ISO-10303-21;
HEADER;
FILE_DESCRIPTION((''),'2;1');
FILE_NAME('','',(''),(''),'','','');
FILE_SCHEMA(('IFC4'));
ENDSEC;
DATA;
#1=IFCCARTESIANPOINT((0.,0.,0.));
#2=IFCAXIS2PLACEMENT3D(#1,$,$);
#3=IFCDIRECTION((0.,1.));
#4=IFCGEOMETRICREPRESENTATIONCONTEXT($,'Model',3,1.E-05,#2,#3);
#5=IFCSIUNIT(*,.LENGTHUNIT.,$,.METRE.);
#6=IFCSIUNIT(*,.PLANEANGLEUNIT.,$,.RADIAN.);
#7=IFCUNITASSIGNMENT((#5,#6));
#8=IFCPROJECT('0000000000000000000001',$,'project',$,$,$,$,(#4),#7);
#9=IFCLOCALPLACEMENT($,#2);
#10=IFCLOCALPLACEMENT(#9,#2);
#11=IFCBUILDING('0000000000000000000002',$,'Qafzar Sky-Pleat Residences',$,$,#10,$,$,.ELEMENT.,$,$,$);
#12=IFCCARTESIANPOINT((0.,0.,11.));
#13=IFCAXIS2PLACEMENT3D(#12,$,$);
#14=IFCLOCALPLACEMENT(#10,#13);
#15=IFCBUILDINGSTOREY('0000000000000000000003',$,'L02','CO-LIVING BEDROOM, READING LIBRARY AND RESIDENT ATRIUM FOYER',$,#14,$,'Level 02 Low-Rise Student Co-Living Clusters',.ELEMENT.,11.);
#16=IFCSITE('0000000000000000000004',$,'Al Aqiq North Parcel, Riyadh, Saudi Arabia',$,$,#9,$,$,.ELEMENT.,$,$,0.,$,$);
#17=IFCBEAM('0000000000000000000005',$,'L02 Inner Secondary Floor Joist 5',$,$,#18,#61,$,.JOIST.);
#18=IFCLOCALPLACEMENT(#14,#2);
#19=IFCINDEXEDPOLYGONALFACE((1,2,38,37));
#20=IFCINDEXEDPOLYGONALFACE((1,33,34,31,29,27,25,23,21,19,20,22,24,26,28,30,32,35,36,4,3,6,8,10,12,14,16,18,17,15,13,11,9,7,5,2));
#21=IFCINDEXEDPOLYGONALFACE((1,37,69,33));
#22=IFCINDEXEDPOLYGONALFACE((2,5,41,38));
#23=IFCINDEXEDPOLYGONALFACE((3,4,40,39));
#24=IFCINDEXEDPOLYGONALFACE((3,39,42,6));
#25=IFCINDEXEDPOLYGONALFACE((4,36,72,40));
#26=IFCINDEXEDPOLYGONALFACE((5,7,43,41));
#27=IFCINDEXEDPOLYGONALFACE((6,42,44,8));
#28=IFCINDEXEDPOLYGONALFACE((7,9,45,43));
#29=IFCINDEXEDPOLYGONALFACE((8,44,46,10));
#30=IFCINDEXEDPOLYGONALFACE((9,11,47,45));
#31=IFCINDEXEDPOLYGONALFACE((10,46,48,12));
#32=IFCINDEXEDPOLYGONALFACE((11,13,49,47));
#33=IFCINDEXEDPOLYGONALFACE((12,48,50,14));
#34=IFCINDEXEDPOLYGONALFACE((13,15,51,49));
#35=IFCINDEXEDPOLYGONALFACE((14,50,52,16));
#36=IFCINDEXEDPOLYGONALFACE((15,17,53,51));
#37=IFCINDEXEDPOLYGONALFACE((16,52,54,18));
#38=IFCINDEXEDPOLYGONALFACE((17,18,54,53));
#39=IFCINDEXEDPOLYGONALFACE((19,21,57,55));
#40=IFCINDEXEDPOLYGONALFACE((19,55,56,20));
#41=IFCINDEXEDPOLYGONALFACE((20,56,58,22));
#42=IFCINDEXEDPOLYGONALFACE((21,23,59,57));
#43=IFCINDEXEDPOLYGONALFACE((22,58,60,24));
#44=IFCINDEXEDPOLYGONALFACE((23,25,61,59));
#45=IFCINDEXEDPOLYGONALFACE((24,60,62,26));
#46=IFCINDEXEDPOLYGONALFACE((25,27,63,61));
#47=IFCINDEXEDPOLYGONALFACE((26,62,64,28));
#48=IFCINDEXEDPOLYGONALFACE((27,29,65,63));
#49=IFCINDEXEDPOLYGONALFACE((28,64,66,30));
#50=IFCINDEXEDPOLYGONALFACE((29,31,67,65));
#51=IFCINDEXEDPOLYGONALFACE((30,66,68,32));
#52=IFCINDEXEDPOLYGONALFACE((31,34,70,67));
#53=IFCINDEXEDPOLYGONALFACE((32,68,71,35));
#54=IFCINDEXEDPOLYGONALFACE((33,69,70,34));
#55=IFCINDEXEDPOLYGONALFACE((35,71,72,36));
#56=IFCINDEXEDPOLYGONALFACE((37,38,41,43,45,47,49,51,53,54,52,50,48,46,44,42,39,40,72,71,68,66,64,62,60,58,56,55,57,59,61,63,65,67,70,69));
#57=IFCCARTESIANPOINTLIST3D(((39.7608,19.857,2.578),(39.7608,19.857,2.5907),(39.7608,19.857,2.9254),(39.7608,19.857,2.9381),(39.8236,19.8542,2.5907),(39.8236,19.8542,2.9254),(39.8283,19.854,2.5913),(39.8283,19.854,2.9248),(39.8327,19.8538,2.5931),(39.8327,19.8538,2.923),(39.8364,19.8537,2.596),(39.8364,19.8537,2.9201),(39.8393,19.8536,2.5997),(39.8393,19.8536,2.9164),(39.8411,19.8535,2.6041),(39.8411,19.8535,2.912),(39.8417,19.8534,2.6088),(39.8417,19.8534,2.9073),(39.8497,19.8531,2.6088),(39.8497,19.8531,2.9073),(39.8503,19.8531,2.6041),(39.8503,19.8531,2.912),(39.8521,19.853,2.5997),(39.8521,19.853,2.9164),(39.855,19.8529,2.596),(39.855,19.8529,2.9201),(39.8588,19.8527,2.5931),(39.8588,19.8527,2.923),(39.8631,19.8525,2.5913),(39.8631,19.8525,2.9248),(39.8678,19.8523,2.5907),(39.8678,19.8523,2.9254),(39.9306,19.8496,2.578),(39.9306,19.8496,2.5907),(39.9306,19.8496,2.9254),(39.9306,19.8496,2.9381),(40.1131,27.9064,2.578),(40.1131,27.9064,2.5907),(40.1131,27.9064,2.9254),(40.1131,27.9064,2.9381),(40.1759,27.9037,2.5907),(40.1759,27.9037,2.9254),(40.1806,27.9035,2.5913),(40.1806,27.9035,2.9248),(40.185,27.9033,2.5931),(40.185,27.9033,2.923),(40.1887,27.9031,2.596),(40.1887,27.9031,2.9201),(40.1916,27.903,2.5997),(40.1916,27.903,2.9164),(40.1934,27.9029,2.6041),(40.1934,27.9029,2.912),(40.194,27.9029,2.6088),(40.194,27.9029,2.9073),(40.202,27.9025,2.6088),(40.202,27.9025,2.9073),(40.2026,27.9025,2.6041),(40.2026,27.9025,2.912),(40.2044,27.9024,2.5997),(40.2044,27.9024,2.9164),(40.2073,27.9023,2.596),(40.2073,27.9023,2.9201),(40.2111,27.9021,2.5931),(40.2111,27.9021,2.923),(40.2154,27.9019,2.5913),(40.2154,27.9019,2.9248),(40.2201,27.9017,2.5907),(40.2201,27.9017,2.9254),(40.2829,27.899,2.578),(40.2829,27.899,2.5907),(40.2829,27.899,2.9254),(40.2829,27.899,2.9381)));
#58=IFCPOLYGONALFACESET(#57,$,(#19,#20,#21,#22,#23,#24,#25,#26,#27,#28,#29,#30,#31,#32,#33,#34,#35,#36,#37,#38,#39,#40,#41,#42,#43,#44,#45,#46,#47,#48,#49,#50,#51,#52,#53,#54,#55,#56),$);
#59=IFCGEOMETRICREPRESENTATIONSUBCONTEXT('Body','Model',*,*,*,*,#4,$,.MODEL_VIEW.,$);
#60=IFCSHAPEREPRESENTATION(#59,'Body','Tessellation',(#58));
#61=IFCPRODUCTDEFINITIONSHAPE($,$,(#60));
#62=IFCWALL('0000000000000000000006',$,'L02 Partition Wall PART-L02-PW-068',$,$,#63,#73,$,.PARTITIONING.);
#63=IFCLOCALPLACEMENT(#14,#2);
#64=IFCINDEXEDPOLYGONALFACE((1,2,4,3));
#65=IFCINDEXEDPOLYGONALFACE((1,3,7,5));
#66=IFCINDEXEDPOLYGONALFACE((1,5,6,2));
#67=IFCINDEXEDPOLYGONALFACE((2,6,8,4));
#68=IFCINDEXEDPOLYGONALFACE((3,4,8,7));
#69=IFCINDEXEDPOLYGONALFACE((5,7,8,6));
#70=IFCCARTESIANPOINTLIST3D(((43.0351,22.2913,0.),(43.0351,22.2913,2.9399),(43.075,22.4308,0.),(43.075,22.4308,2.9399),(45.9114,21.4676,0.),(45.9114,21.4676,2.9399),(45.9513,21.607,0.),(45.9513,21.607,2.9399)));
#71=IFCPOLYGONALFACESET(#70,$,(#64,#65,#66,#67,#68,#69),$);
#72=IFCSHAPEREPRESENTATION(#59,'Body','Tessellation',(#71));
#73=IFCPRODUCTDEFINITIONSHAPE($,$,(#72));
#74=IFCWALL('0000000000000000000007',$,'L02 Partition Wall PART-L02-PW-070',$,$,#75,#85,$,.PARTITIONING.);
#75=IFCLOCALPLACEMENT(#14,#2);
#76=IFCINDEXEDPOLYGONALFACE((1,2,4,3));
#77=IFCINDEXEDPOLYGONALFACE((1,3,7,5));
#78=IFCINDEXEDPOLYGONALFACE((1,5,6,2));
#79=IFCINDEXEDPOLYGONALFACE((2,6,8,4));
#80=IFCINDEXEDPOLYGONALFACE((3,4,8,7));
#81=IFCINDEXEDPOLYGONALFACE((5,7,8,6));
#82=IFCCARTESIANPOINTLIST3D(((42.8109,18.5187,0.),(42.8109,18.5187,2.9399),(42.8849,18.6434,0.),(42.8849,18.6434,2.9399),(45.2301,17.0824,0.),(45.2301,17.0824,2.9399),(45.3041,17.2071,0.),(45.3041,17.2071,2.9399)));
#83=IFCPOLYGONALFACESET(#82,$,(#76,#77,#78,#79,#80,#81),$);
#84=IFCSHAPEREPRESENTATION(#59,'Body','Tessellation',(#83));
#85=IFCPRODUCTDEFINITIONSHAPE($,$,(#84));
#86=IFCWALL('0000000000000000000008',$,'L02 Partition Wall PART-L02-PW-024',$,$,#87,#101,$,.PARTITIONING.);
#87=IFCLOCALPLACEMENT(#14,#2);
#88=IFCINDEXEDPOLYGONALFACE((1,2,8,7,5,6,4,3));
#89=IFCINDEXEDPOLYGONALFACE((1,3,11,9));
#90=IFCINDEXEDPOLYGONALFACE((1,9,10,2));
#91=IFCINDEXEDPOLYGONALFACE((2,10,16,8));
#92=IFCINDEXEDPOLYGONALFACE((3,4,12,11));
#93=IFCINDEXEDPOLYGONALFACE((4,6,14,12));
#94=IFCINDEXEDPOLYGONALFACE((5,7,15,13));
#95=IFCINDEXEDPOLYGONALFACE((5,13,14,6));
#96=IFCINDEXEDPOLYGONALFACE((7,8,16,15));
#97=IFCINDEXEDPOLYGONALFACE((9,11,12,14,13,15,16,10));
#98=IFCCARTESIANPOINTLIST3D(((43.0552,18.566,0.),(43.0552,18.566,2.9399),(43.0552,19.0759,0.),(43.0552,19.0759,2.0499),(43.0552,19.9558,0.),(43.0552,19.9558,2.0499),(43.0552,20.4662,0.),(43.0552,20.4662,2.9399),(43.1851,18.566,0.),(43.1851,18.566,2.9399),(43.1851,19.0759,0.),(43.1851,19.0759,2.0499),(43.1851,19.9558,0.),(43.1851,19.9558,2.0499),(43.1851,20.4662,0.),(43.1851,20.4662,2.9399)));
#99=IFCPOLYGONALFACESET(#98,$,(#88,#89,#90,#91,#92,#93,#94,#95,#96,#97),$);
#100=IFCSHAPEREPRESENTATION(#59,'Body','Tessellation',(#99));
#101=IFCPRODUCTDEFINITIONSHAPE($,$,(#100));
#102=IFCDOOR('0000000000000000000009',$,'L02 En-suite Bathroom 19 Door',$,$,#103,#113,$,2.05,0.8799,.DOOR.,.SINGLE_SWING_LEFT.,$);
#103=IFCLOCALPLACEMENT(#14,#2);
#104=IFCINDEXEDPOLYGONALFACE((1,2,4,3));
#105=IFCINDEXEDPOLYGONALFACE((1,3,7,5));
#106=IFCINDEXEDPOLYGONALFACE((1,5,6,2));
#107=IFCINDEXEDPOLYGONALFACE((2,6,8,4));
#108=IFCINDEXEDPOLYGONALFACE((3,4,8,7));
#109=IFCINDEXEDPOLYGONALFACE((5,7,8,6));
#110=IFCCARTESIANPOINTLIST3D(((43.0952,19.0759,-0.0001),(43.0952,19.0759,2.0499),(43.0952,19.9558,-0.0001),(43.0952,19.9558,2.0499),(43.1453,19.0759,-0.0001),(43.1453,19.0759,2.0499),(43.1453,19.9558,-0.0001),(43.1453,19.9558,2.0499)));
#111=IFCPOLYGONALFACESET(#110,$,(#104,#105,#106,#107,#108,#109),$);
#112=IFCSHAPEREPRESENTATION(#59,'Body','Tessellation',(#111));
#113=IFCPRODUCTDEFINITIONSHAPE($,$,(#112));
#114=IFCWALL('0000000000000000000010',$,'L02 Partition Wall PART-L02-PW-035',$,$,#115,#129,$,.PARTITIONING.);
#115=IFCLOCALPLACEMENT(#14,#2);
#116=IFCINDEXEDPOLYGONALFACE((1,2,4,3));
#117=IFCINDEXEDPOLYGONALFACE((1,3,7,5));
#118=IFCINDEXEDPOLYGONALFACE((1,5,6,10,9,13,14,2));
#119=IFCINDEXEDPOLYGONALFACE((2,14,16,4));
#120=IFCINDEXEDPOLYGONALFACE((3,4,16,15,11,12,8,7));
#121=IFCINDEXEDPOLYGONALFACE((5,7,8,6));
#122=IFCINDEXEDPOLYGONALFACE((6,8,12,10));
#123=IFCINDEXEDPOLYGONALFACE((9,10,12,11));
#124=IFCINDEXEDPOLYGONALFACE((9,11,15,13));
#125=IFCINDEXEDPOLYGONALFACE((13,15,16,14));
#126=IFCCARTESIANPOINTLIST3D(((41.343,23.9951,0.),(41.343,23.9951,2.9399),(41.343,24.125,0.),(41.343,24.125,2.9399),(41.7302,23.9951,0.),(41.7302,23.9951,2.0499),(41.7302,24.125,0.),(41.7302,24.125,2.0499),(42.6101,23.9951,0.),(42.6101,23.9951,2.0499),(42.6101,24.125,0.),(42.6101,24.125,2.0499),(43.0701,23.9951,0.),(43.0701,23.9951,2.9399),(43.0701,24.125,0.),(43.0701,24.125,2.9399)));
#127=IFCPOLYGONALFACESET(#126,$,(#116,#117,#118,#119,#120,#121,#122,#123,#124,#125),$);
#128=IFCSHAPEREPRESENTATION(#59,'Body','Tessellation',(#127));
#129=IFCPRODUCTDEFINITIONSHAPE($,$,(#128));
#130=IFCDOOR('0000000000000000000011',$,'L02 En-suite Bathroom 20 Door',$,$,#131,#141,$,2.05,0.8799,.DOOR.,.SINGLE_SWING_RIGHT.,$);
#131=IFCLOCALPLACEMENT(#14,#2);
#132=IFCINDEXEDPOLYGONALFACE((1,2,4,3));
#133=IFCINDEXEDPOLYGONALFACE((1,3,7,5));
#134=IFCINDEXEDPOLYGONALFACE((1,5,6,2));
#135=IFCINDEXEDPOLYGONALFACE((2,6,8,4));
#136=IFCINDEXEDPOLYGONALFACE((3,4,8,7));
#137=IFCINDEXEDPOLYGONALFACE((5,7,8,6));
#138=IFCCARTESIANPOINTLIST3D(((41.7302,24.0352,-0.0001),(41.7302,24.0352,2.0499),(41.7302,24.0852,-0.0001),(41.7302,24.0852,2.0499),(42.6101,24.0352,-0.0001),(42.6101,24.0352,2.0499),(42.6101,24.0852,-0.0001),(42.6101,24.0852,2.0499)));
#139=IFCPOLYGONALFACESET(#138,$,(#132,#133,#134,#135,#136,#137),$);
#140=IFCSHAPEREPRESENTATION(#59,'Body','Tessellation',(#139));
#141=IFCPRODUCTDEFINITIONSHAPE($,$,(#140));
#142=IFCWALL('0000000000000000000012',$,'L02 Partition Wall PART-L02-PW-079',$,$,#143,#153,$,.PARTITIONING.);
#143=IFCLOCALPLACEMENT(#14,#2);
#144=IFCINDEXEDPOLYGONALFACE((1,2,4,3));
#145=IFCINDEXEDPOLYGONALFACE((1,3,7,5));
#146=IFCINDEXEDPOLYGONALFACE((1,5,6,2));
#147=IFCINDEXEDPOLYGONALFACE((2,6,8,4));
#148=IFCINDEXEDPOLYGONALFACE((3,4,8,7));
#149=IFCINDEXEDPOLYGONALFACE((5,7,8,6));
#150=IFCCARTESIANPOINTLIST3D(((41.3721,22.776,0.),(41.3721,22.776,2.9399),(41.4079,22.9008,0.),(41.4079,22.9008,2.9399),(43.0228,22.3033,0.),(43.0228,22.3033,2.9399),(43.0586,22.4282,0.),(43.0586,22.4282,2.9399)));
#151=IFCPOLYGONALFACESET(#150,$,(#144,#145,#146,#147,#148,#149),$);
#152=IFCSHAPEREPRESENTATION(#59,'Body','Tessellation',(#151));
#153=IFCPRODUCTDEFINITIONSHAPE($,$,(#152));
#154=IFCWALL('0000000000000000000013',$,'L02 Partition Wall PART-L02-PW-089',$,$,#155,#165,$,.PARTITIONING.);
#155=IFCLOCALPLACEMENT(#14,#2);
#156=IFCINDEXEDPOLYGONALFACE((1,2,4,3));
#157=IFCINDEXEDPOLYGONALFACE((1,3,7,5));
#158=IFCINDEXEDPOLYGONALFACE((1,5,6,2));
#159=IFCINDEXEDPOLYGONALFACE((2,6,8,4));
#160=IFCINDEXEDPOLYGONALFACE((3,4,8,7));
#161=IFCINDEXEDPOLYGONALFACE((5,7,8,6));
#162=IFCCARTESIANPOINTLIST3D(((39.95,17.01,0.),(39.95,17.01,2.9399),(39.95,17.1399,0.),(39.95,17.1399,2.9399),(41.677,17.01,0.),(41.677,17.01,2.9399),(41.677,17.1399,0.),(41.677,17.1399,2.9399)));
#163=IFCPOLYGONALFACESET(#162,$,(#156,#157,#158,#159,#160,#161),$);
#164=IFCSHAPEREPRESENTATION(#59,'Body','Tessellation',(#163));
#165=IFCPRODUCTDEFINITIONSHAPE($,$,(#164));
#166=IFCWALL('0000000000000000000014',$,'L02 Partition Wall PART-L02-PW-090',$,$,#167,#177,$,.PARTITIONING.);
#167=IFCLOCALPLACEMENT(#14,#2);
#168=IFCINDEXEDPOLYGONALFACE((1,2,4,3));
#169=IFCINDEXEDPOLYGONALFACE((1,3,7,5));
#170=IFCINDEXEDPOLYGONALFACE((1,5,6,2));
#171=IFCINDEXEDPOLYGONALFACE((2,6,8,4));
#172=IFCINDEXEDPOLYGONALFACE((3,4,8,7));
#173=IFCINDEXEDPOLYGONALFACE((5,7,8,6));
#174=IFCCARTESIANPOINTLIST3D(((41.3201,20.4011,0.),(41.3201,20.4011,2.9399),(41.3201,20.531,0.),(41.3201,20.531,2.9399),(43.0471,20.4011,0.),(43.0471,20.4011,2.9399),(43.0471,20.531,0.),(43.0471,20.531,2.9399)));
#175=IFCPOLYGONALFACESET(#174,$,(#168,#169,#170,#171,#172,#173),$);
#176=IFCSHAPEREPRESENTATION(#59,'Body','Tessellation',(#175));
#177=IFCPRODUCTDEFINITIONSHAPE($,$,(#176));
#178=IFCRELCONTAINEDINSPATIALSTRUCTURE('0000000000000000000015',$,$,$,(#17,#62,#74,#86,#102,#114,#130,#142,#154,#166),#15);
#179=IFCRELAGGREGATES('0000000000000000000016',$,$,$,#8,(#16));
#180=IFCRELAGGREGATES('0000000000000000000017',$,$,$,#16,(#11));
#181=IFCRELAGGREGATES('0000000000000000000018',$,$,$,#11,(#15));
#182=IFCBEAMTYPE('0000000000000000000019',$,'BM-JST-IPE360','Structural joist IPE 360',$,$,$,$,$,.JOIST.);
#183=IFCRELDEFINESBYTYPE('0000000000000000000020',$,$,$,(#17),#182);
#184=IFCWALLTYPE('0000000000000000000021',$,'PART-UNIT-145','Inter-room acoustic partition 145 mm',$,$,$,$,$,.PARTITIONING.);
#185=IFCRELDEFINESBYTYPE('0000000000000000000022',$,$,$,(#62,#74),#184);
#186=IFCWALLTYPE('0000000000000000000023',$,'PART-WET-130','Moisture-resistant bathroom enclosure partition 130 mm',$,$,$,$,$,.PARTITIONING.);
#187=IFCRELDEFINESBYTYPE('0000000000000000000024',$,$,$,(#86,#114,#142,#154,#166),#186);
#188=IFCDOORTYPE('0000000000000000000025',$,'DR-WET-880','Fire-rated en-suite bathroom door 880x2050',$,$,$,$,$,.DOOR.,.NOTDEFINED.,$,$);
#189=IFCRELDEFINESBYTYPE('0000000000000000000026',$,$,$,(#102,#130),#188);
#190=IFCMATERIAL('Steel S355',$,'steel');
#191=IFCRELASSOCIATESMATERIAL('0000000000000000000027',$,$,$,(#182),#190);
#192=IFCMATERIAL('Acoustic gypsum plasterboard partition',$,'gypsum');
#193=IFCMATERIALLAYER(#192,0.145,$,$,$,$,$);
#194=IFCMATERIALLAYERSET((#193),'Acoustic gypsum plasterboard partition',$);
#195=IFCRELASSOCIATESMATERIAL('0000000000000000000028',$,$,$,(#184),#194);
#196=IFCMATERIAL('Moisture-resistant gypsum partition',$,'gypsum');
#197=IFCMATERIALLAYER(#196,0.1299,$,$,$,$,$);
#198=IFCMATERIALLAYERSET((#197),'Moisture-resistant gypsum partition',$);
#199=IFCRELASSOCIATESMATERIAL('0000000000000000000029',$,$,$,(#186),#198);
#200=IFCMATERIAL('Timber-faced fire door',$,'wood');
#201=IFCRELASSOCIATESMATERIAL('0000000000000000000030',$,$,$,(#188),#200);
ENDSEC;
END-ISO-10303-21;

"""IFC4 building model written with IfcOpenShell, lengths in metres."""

from ifc_helpers import new_model, si_unit, direction, frame, frame_2d, origin, origin_2d, place, context, subcontext, project, spatial, rectangle, i_section, extrude, source, transform, mapped, material, layer, layer_set, material_profile, profile_set, type_object, element, fill, save


model = new_model("IFC4")

# Units and contexts
model_context = context("Model", 3, precision=1e-05, world=origin(), true_north=direction((0.0, 1.0)))
body_context = subcontext(model_context, "Body", "Model", "MODEL_VIEW")
ifc_project = project(units=[si_unit("LENGTHUNIT", "METRE"), si_unit("PLANEANGLEUNIT", "RADIAN")], contexts=[model_context])

# Site, building, storey
site_placement = place(None, origin())
site = spatial("IfcSite", under=ifc_project, at=site_placement, Name="Al Aqiq North Parcel, Riyadh, Saudi Arabia", CompositionType="ELEMENT", RefElevation=0.0)
building_placement = place(site_placement, origin())
building = spatial("IfcBuilding", under=site, at=building_placement, Name="Qafzar Sky-Pleat Residences", CompositionType="ELEMENT")
storey_placement = place(building_placement, frame((0.0, 0.0, 11.0)))
storey = spatial("IfcBuildingStorey", under=building, at=storey_placement, Name="L02", Description="CO-LIVING BEDROOM, READING LIBRARY AND RESIDENT ATRIUM FOYER", LongName="Level 02 Low-Rise Student Co-Living Clusters", CompositionType="ELEMENT", Elevation=11.0)

# Beam
ifc_material_1 = material(Name="Steel S355", Category="steel")
ifc_material_profile_1 = material_profile(ifc_material_1, i_section(OverallWidth=0.1699, OverallDepth=0.3601, WebThickness=0.0081, FlangeThickness=0.0127, FilletRadius=0.0181, at=origin_2d()), Name="IPE 360")
ifc_profile_set_1 = profile_set([ifc_material_profile_1], Name="Steel S355")
beam_type_1 = type_object("IfcBeamType", Name="BM-JST-IPE360", Description="Structural joist IPE 360", PredefinedType="JOIST", material=ifc_profile_set_1)
shared_shape_1 = source(origin(), body_context, "Body", "SweptSolid", [
    extrude(i_section(OverallWidth=0.1699, OverallDepth=0.3601, WebThickness=0.0081, FlangeThickness=0.0127, FilletRadius=0.0181, at=origin_2d()), origin(), (0.0, 0.0, 1.0), 8.0571),
])
beam_1_placement = place(storey_placement, frame((39.8457, 19.8533, 2.7581), z_axis=(0.043725, 0.999044, 0.0), x_axis=(-0.999044, 0.043725, 0.0)))
element("IfcBeam", 1, at=beam_1_placement, inside=storey, type_object=beam_type_1, Name="L02 Inner Secondary Floor Joist 5", PredefinedType="JOIST", context=body_context, shape_type="MappedRepresentation", body=[
    mapped(shared_shape_1, transform((0.0, 0.0, 0.0), x_axis=(1.0, 0.0, 0.0), y_axis=(0.0, 1.0, 0.0), z_axis=(0.0, 0.0, 1.0), scale=1.0)),
])

# Walls
ifc_material_2 = material(Name="Acoustic gypsum plasterboard partition", Category="gypsum")
ifc_layer_1 = layer(ifc_material_2, 0.145)
ifc_layer_set_1 = layer_set([ifc_layer_1], Name="Acoustic gypsum plasterboard partition")
wall_type_1 = type_object("IfcWallType", Name="PART-UNIT-145", Description="Inter-room acoustic partition 145 mm", PredefinedType="PARTITIONING", material=ifc_layer_set_1)
wall_1_placement = place(storey_placement, frame((43.0549, 22.3611, 0.0), z_axis=(0.0, 0.0, 1.0), x_axis=(0.961351, -0.275325, 0.0)))
element("IfcWall", 2, at=wall_1_placement, inside=storey, type_object=wall_type_1, Name="L02 Partition Wall PART-L02-PW-068", PredefinedType="PARTITIONING", context=body_context, shape_type="SweptSolid", body=[
    extrude(rectangle(XDim=2.9919, YDim=0.145, at=frame_2d((1.4961, 0.0))), origin(), (0.0, 0.0, 1.0), 2.9399),
])
wall_2_placement = place(storey_placement, frame((42.8479, 18.5811, 0.0), z_axis=(0.0, 0.0, 1.0), x_axis=(0.859873, -0.510509, 0.0)))
element("IfcWall", 3, at=wall_2_placement, inside=storey, type_object=wall_type_1, Name="L02 Partition Wall PART-L02-PW-070", PredefinedType="PARTITIONING", context=body_context, shape_type="SweptSolid", body=[
    extrude(rectangle(XDim=2.8135, YDim=0.145, at=frame_2d((1.4067, 0.0))), origin(), (0.0, 0.0, 1.0), 2.9399),
])

# Walls, openings, doors
ifc_material_3 = material(Name="Moisture-resistant gypsum partition", Category="gypsum")
ifc_layer_2 = layer(ifc_material_3, 0.1299)
ifc_layer_set_2 = layer_set([ifc_layer_2], Name="Moisture-resistant gypsum partition")
wall_type_2 = type_object("IfcWallType", Name="PART-WET-130", Description="Moisture-resistant bathroom enclosure partition 130 mm", PredefinedType="PARTITIONING", material=ifc_layer_set_2)
wall_3_placement = place(storey_placement, frame((43.1201, 18.5659, 0.0), z_axis=(0.0, 0.0, 1.0), x_axis=(0.0, 1.0, 0.0)))
wall_3 = element("IfcWall", 4, at=wall_3_placement, inside=storey, type_object=wall_type_2, Name="L02 Partition Wall PART-L02-PW-024", PredefinedType="PARTITIONING", context=body_context, shape_type="SweptSolid", body=[
    extrude(rectangle(XDim=1.9001, YDim=0.1299, at=frame_2d((0.9502, 0.0))), origin(), (0.0, 0.0, 1.0), 2.9399),
])
opening_1_placement = place(wall_3_placement, frame((0.51, 0.0, 0.0)))
opening_1 = element("IfcOpeningElement", 5, at=opening_1_placement, cuts=wall_3, PredefinedType="OPENING", context=body_context, shape_type="SweptSolid", body=[
    extrude(rectangle(XDim=0.8799, YDim=2.05, at=frame_2d((0.4399, 1.0249))), frame((0.0, 0.075, 0.0), z_axis=(0.0, -1.0, 0.0), x_axis=(1.0, 0.0, 0.0)), (0.0, 0.0, 1.0), 0.1499),
])
ifc_material_4 = material(Name="Timber-faced fire door", Category="wood")
door_type = type_object("IfcDoorType", Name="DR-WET-880", Description="Fire-rated en-suite bathroom door 880x2050", OperationType="NOTDEFINED", PredefinedType="DOOR", material=ifc_material_4)
shared_shape_2 = source(origin(), body_context, "Body", "SweptSolid", [
    extrude(rectangle(XDim=0.8799, YDim=2.05, at=frame_2d((0.4399, 1.0249))), frame((0.0, 0.0249, 0.0), z_axis=(0.0, -1.0, 0.0), x_axis=(1.0, 0.0, 0.0)), (0.0, 0.0, 1.0), 0.05),
])
door_1_placement = place(opening_1_placement, origin())
door_1 = element("IfcDoor", 6, at=door_1_placement, inside=storey, type_object=door_type, Name="L02 En-suite Bathroom 19 Door", OperationType="SINGLE_SWING_LEFT", OverallHeight=2.05, OverallWidth=0.8799, PredefinedType="DOOR", context=body_context, shape_type="MappedRepresentation", body=[
    mapped(shared_shape_2, transform((0.0, 0.0, 0.0), x_axis=(1.0, 0.0, 0.0), y_axis=(0.0, 1.0, 0.0), z_axis=(0.0, 0.0, 1.0), scale=1.0)),
])
fill(opening_1, door_1)
wall_4_placement = place(storey_placement, frame((43.0701, 24.0601, 0.0), z_axis=(0.0, 0.0, 1.0), x_axis=(-1.0, 0.0, 0.0)))
wall_4 = element("IfcWall", 7, at=wall_4_placement, inside=storey, type_object=wall_type_2, Name="L02 Partition Wall PART-L02-PW-035", PredefinedType="PARTITIONING", context=body_context, shape_type="SweptSolid", body=[
    extrude(rectangle(XDim=1.7271, YDim=0.1299, at=frame_2d((0.8635, 0.0))), origin(), (0.0, 0.0, 1.0), 2.9399),
])
opening_2_placement = place(wall_4_placement, frame((0.46, 0.0, 0.0)))
opening_2 = element("IfcOpeningElement", 8, at=opening_2_placement, cuts=wall_4, PredefinedType="OPENING", context=body_context, shape_type="SweptSolid", body=[
    extrude(rectangle(XDim=0.8799, YDim=2.05, at=frame_2d((0.4399, 1.0249))), frame((0.0, 0.075, 0.0), z_axis=(0.0, -1.0, 0.0), x_axis=(1.0, 0.0, 0.0)), (0.0, 0.0, 1.0), 0.1499),
])
door_2_placement = place(opening_2_placement, origin())
door_2 = element("IfcDoor", 9, at=door_2_placement, inside=storey, type_object=door_type, Name="L02 En-suite Bathroom 20 Door", OperationType="SINGLE_SWING_RIGHT", OverallHeight=2.05, OverallWidth=0.8799, PredefinedType="DOOR", context=body_context, shape_type="MappedRepresentation", body=[
    mapped(shared_shape_2, transform((0.0, 0.0, 0.0), x_axis=(1.0, 0.0, 0.0), y_axis=(0.0, 1.0, 0.0), z_axis=(0.0, 0.0, 1.0), scale=1.0)),
])
fill(opening_2, door_2)

# Walls
wall_5_placement = place(storey_placement, frame((41.3901, 22.8384, 0.0), z_axis=(0.0, 0.0, 1.0), x_axis=(0.961363, -0.275284, 0.0)))
element("IfcWall", 10, at=wall_5_placement, inside=storey, type_object=wall_type_2, Name="L02 Partition Wall PART-L02-PW-079", PredefinedType="PARTITIONING", context=body_context, shape_type="SweptSolid", body=[
    extrude(rectangle(XDim=1.717, YDim=0.1299, at=frame_2d((0.8584, 0.0))), origin(), (0.0, 0.0, 1.0), 2.9399),
])
for number, where, z_axis, x_axis, name in (
    (11, (39.95, 17.075, 0.0), (0.0, 0.0, 1.0), (1.0, 0.0, 0.0), "L02 Partition Wall PART-L02-PW-089"),
    (12, (41.3201, 20.4661, 0.0), (0.0, 0.0, 1.0), (1.0, 0.0, 0.0), "L02 Partition Wall PART-L02-PW-090"),
):
    element("IfcWall", number, at=place(storey_placement, frame(where, z_axis=z_axis, x_axis=x_axis)), inside=storey, type_object=wall_type_2, Name=name, PredefinedType="PARTITIONING", context=body_context, shape_type="SweptSolid", body=[
        extrude(rectangle(XDim=1.7271, YDim=0.1299, at=frame_2d((0.8635, 0.0))), origin(), (0.0, 0.0, 1.0), 2.9399),
    ])

save(model, "model.ifc")
